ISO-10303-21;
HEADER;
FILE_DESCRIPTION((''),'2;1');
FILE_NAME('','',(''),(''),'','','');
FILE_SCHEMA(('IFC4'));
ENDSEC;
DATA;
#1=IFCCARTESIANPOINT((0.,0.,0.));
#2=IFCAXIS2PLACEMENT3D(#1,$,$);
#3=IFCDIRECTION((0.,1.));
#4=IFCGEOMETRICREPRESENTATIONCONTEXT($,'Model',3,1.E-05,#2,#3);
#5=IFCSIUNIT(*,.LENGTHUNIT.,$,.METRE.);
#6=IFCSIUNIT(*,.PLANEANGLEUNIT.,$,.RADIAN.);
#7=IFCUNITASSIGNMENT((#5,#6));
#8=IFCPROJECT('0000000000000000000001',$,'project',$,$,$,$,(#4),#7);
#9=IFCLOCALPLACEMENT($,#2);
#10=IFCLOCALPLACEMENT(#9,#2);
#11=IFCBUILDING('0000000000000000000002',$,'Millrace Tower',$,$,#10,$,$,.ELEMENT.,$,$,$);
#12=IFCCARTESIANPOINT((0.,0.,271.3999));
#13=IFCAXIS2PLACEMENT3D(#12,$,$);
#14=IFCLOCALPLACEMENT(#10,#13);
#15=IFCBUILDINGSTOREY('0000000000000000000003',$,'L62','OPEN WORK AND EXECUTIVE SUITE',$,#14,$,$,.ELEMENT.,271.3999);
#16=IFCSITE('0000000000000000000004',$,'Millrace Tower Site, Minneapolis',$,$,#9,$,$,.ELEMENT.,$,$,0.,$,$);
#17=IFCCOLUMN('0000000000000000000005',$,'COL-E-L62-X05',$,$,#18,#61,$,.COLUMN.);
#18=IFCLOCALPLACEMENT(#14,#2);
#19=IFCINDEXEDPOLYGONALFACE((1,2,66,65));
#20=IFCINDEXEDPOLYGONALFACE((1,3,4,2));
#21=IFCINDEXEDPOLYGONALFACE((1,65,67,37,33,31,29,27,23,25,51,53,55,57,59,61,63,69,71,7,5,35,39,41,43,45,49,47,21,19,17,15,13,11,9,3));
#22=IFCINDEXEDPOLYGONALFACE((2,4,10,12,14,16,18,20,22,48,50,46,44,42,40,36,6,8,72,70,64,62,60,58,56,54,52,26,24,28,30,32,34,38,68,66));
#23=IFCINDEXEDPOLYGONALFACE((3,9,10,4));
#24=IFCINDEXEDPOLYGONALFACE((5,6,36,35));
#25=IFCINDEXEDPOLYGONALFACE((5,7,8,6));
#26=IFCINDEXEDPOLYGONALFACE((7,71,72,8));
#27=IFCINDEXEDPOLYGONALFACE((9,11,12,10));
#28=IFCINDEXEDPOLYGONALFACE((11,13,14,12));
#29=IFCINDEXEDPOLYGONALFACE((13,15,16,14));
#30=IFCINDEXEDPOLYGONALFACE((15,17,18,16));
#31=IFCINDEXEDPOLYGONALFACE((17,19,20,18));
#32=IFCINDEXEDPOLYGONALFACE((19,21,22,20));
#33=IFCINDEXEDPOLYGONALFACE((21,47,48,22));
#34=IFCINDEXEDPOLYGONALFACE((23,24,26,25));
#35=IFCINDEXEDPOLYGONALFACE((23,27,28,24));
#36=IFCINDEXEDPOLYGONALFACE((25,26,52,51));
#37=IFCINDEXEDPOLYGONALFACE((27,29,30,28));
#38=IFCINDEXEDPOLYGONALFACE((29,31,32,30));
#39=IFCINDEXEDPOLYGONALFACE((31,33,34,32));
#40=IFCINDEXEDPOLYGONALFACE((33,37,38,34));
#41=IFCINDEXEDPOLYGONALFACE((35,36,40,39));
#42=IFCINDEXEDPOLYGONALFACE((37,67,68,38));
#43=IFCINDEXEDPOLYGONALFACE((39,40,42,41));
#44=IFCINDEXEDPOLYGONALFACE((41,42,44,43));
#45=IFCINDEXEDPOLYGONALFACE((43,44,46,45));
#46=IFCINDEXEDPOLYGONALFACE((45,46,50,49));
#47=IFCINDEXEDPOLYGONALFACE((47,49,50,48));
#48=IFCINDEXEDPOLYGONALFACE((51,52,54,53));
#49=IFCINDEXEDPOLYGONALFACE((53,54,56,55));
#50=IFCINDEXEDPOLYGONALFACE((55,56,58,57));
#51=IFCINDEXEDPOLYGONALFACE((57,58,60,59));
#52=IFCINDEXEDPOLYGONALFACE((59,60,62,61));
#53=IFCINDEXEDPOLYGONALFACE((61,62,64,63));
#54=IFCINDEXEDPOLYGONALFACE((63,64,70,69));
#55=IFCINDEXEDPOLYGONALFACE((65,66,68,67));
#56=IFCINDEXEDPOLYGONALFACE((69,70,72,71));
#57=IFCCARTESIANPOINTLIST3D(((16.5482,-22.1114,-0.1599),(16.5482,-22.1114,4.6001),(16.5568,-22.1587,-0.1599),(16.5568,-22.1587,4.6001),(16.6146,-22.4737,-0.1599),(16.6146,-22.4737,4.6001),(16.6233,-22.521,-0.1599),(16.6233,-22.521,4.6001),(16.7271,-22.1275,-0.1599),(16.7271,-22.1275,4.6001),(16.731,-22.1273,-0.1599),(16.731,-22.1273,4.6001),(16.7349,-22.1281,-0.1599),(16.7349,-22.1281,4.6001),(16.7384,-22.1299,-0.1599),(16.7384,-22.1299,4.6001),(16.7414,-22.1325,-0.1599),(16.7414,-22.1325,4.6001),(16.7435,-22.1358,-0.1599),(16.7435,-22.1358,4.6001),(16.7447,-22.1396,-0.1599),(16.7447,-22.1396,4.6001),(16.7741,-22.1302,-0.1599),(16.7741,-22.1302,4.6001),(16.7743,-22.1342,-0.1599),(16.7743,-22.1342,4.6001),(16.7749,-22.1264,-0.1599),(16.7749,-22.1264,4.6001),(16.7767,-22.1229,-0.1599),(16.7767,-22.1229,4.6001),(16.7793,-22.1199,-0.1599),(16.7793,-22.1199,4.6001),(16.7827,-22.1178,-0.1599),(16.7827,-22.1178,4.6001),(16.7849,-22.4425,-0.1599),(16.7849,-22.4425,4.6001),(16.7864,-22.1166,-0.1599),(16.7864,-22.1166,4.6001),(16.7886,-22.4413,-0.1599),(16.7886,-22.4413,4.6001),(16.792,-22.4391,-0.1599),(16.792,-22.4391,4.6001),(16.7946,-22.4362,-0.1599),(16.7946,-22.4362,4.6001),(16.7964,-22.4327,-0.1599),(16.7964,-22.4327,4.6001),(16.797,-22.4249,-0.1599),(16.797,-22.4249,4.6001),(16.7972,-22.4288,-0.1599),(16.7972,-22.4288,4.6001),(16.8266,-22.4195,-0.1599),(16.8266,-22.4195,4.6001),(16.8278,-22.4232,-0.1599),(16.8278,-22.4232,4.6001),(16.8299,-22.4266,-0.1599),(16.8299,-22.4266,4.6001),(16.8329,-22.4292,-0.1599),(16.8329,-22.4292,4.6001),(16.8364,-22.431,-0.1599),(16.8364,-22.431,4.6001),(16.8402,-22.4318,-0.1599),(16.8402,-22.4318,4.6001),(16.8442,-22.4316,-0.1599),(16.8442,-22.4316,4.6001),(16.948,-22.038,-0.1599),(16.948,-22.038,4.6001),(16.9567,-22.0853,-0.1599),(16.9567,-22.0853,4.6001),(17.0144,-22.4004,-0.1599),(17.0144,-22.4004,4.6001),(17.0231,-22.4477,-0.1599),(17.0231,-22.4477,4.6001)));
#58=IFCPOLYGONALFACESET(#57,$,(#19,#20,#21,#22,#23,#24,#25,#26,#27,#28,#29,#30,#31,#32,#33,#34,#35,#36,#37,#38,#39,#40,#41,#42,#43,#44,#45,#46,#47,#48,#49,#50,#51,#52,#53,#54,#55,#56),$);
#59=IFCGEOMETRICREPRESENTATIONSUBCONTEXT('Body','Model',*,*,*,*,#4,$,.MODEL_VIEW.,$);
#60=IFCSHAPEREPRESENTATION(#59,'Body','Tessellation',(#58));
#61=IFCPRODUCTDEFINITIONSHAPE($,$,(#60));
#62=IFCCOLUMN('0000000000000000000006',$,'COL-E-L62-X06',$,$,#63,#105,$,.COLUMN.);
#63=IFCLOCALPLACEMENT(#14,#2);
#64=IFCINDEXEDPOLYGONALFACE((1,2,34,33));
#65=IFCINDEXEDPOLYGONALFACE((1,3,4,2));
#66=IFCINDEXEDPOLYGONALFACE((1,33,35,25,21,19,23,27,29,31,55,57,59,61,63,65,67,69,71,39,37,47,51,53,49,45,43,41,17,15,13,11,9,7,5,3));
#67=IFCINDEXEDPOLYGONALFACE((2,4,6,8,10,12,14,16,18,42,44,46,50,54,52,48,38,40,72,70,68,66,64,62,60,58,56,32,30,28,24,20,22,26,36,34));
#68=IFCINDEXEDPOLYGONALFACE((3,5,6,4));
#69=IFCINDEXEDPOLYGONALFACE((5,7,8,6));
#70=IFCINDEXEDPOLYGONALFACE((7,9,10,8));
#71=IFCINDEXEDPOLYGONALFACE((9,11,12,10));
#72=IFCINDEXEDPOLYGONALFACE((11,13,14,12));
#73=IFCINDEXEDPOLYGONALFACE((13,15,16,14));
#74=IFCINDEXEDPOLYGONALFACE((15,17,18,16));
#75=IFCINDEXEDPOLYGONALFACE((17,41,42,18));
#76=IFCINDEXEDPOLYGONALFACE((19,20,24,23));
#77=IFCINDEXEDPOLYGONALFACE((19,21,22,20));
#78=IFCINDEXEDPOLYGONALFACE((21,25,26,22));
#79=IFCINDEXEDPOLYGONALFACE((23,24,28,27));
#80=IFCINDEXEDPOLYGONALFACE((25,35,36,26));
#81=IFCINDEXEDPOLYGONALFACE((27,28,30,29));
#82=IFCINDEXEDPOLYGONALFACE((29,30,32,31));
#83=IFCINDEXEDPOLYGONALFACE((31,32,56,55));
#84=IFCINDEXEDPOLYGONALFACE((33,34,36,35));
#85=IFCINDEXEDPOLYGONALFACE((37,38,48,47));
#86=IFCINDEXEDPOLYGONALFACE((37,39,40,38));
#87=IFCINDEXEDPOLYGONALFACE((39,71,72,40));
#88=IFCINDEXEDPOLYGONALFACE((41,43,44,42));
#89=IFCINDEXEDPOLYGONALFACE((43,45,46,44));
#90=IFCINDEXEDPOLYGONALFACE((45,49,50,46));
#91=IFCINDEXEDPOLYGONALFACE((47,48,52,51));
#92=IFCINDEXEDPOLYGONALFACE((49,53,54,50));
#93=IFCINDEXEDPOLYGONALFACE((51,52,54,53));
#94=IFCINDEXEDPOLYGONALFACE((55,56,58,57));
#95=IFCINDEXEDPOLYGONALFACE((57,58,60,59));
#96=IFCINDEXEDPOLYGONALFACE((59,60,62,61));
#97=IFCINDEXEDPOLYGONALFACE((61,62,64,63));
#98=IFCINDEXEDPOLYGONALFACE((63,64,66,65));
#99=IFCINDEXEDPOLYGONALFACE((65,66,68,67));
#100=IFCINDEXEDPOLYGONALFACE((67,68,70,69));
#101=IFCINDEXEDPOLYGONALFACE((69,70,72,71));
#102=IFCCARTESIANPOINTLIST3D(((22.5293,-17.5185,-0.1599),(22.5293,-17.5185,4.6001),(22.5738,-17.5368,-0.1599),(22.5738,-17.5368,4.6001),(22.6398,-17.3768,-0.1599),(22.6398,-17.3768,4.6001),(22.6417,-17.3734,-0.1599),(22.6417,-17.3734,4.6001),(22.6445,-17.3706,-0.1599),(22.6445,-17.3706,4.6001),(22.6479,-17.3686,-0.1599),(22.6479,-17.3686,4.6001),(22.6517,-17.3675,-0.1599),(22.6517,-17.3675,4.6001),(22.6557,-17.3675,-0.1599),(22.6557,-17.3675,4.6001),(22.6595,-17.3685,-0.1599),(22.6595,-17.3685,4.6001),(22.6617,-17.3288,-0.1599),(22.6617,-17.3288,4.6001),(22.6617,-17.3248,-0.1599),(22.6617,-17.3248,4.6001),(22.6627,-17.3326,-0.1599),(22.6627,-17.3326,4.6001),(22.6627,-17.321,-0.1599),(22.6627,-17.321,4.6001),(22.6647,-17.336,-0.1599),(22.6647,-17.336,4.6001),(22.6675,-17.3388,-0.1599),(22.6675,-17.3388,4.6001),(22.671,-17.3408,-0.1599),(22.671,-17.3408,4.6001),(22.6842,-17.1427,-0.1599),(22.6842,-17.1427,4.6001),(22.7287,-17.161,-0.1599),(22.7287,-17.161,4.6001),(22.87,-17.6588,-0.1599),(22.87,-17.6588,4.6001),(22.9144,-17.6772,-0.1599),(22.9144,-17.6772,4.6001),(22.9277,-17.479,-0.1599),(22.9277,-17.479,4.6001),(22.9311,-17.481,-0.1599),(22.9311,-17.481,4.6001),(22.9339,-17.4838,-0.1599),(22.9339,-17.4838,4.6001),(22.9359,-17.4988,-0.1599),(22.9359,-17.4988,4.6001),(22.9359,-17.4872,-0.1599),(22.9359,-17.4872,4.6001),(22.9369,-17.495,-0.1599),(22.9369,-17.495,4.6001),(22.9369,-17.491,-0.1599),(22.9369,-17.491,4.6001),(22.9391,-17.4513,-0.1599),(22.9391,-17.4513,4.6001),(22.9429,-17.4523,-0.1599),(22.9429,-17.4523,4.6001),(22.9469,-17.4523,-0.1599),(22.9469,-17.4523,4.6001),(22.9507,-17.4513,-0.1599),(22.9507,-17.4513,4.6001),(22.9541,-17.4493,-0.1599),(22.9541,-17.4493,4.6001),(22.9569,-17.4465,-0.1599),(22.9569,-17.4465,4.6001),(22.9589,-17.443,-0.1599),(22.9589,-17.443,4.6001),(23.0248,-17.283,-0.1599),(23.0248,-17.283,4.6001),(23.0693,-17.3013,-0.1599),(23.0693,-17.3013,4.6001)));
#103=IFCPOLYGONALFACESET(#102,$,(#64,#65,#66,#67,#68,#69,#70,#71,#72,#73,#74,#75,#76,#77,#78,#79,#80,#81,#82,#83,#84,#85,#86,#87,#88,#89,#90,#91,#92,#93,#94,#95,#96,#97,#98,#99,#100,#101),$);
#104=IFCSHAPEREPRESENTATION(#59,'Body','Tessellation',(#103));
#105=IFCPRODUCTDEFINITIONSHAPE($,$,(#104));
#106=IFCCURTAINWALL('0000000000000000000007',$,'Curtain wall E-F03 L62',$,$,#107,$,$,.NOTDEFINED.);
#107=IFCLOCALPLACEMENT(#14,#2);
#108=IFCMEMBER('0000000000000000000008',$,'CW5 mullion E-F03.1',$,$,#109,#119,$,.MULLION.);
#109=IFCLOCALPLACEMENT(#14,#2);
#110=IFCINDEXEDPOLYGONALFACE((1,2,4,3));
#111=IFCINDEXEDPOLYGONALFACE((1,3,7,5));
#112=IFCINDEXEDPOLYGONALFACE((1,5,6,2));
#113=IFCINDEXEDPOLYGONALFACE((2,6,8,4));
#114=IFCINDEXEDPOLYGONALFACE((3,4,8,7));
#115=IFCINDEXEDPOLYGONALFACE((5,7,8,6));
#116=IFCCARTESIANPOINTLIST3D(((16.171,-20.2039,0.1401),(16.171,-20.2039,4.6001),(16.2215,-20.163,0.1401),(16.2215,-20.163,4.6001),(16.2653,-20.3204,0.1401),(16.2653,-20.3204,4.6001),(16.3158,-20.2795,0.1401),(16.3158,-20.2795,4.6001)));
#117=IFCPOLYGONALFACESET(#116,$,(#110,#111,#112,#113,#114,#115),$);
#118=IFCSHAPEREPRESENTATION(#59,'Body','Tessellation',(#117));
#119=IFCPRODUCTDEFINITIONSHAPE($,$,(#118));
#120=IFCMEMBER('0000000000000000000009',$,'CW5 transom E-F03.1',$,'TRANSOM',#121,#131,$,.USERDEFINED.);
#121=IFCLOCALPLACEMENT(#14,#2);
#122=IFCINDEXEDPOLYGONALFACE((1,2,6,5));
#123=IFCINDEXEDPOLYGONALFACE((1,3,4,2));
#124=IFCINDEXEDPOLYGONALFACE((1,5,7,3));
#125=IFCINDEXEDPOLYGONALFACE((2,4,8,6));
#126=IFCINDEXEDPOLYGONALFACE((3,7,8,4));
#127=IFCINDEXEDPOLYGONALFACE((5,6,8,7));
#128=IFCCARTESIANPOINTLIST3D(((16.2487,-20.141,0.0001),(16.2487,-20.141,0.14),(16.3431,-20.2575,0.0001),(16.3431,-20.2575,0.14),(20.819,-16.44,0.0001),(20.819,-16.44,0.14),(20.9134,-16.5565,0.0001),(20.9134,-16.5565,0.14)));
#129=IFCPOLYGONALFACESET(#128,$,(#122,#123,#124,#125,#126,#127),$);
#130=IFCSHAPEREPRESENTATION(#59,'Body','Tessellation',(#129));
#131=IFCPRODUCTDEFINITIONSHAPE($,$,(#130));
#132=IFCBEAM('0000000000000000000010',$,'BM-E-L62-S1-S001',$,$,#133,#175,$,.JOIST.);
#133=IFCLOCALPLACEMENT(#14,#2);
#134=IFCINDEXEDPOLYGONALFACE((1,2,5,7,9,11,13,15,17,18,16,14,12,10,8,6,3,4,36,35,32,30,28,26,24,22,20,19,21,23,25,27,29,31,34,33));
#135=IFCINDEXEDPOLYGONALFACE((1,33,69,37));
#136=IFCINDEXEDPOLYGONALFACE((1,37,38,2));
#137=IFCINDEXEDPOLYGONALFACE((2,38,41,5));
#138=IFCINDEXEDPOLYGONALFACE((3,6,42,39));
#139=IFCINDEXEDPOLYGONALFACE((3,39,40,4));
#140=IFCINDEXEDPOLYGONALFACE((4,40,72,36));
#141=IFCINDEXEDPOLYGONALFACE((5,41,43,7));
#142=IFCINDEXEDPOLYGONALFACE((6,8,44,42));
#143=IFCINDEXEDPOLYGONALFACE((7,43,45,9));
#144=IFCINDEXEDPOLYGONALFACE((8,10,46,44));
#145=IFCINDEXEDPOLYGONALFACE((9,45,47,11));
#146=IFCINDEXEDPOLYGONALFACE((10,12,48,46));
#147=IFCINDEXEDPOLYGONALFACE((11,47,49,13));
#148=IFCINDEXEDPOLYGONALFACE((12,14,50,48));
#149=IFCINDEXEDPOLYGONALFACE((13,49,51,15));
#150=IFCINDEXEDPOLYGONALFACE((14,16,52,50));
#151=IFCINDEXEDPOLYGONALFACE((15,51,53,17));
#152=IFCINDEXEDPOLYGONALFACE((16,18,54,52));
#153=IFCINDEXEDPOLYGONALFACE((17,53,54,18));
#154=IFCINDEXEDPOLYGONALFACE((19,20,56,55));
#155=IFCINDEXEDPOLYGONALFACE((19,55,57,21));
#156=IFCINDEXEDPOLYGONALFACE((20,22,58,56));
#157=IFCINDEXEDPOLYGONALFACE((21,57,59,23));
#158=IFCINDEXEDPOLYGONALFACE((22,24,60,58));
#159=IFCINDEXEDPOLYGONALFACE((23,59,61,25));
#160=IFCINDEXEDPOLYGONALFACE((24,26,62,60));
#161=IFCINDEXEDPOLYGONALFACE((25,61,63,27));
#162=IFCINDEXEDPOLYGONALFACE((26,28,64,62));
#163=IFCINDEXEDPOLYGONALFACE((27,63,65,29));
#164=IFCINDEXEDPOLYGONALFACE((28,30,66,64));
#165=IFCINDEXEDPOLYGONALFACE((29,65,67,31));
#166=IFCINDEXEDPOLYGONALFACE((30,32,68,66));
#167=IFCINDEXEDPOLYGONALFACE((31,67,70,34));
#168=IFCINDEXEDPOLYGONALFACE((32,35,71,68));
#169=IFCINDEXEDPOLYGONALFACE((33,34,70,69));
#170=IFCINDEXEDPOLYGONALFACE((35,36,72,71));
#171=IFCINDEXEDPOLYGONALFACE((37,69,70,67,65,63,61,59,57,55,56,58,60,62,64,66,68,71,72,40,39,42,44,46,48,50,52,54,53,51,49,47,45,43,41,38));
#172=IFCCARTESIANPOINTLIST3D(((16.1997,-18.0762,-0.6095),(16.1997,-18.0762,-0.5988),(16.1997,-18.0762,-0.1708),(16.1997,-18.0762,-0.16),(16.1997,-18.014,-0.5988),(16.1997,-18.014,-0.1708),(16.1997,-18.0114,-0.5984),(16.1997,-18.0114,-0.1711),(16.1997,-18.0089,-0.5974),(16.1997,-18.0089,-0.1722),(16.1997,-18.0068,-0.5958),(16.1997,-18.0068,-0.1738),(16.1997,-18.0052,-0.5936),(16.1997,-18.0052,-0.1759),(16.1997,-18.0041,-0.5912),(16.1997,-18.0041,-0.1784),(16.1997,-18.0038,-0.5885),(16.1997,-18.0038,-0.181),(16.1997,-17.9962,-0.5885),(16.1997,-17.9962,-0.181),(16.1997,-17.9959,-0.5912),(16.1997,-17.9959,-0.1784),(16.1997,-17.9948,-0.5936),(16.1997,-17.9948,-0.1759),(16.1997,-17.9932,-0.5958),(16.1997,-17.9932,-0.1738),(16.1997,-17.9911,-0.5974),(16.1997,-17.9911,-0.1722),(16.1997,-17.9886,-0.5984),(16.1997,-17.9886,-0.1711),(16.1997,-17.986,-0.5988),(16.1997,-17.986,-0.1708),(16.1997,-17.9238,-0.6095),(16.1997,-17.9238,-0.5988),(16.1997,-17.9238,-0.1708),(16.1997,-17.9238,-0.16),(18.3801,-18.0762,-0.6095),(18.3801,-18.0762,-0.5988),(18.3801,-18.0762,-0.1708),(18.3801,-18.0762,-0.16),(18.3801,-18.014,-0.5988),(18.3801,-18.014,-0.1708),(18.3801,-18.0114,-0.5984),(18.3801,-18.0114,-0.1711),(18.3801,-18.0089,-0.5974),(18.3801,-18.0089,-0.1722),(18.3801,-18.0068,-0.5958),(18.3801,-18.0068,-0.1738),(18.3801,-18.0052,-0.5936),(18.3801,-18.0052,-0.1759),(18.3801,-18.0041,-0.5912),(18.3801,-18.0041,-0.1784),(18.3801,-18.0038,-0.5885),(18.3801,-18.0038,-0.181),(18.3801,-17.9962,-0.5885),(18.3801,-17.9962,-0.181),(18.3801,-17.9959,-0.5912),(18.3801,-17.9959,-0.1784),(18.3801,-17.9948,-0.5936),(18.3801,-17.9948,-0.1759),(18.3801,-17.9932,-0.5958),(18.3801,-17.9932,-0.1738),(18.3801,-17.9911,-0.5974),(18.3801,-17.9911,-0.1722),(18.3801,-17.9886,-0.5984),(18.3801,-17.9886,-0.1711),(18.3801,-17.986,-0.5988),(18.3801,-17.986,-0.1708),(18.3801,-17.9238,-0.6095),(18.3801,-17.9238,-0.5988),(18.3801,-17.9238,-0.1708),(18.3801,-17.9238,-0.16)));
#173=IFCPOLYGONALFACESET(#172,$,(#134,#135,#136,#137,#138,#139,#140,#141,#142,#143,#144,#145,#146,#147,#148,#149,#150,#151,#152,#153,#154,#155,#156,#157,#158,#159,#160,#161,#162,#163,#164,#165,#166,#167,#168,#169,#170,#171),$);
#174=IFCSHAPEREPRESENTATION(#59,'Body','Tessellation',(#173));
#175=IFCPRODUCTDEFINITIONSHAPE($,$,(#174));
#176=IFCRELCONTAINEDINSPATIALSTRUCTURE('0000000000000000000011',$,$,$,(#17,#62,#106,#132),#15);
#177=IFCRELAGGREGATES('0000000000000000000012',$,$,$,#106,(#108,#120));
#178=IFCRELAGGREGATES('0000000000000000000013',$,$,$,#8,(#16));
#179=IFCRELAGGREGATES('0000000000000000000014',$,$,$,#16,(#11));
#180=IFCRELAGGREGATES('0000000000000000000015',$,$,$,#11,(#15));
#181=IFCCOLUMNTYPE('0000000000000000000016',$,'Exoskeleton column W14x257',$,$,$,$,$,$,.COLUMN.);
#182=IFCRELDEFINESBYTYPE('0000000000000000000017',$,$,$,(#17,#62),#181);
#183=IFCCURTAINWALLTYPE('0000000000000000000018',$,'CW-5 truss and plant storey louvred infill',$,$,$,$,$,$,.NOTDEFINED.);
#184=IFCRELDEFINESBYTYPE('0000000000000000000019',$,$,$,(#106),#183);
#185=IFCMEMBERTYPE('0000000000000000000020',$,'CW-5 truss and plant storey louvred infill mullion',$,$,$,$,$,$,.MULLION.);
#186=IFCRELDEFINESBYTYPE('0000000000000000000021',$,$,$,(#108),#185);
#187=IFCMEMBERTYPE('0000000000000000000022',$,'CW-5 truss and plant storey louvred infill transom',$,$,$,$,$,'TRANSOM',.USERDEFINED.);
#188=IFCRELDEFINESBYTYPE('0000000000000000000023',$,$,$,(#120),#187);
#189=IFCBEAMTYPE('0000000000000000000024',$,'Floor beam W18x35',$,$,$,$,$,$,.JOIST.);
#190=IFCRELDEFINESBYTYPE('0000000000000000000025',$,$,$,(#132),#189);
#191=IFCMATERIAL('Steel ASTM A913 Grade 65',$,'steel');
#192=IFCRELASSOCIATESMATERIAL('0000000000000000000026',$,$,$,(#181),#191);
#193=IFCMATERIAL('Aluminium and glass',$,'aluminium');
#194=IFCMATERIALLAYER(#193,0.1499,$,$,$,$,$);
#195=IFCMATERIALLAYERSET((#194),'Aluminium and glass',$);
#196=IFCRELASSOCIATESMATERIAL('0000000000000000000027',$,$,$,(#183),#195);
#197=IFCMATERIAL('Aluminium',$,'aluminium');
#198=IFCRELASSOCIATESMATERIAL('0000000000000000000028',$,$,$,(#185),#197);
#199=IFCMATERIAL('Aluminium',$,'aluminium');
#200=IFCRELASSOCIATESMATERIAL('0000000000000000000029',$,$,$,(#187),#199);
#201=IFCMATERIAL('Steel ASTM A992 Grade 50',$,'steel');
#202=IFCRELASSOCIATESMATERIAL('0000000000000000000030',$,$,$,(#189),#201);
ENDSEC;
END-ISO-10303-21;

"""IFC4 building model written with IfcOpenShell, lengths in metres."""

from ifc_helpers import new_model, si_unit, direction, frame, origin, origin_2d, place, context, subcontext, project, spatial, rectangle, i_section, extrude, material, layer, layer_set, material_profile, profile_set, type_object, element, aggregate, save


model = new_model("IFC4")

# Units and contexts
model_context = context("Model", 3, precision=1e-05, world=origin(), true_north=direction((0.0, 1.0)))
body_context = subcontext(model_context, "Body", "Model", "MODEL_VIEW")
ifc_project = project(units=[si_unit("LENGTHUNIT", "METRE"), si_unit("PLANEANGLEUNIT", "RADIAN")], contexts=[model_context])

# Site, building, storey
site_placement = place(None, origin())
site = spatial("IfcSite", under=ifc_project, at=site_placement, Name="Millrace Tower Site, Minneapolis", CompositionType="ELEMENT", RefElevation=0.0)
building_placement = place(site_placement, origin())
building = spatial("IfcBuilding", under=site, at=building_placement, Name="Millrace Tower", CompositionType="ELEMENT")
storey_placement = place(building_placement, frame((0.0, 0.0, 271.3999)))
storey = spatial("IfcBuildingStorey", under=building, at=storey_placement, Name="L62", Description="OPEN WORK AND EXECUTIVE SUITE", CompositionType="ELEMENT", Elevation=271.3999)

# Columns
ifc_material_1 = material(Name="Steel ASTM A913 Grade 65", Category="steel")
ifc_material_profile_1 = material_profile(ifc_material_1, i_section(OverallWidth=0.4065, OverallDepth=0.4165, WebThickness=0.03, FlangeThickness=0.0481, FilletRadius=0.0151, at=origin_2d()))
ifc_profile_set_1 = profile_set([ifc_material_profile_1], Name="Steel ASTM A913 Grade 65")
column_type = type_object("IfcColumnType", Name="Exoskeleton column W14x257", PredefinedType="COLUMN", material=ifc_profile_set_1)
for number, where, z_axis, x_axis, name in (
    (1, (16.7856, -22.2795, -0.1599), (0.0, 0.0, 1.0), (0.983596, 0.180387, 0.0), "COL-E-L62-X05"),
    (2, (22.7993, -17.4099, -0.1599), (0.0, 0.0, 1.0), (0.380947, 0.924597, 0.0), "COL-E-L62-X06"),
):
    element("IfcColumn", number, at=place(storey_placement, frame(where, z_axis=z_axis, x_axis=x_axis)), inside=storey, type_object=column_type, Name=name, PredefinedType="COLUMN", context=body_context, shape_type="SweptSolid", body=[
        extrude(i_section(OverallWidth=0.4065, OverallDepth=0.4165, WebThickness=0.03, FlangeThickness=0.0481, FilletRadius=0.0151, at=origin_2d()), origin(), (0.0, 0.0, 1.0), 4.76),
    ])

# Curtain wall, members
ifc_material_2 = material(Name="Aluminium and glass", Category="aluminium")
ifc_layer_1 = layer(ifc_material_2, 0.1499)
ifc_layer_set_1 = layer_set([ifc_layer_1], Name="Aluminium and glass")
curtain_wall_type = type_object("IfcCurtainWallType", Name="CW-5 truss and plant storey louvred infill", PredefinedType="NOTDEFINED", material=ifc_layer_set_1)
curtain_wall_placement = place(storey_placement, origin())
curtain_wall = element("IfcCurtainWall", 3, at=curtain_wall_placement, inside=storey, type_object=curtain_wall_type, Name="Curtain wall E-F03 L62", PredefinedType="NOTDEFINED")
ifc_material_3 = material(Name="Aluminium", Category="aluminium")
ifc_material_profile_2 = material_profile(ifc_material_3, rectangle(XDim=0.0649, YDim=0.1499, at=origin_2d()))
ifc_profile_set_2 = profile_set([ifc_material_profile_2], Name="Aluminium")
member_type_1 = type_object("IfcMemberType", Name="CW-5 truss and plant storey louvred infill mullion", PredefinedType="MULLION", material=ifc_profile_set_2)
member_1_placement = place(storey_placement, frame((16.2434, -20.2417, 0.1401), z_axis=(0.0, 0.0, 1.0), x_axis=(0.777146, 0.62932, 0.0)))
member_1 = element("IfcMember", 4, at=member_1_placement, type_object=member_type_1, Name="CW5 mullion E-F03.1", PredefinedType="MULLION", context=body_context, shape_type="SweptSolid", body=[
    extrude(rectangle(XDim=0.0649, YDim=0.1499, at=origin_2d()), origin(), (0.0, 0.0, 1.0), 4.46),
])
ifc_material_4 = material(Name="Aluminium", Category="aluminium")
ifc_material_profile_3 = material_profile(ifc_material_4, rectangle(XDim=0.1499, YDim=0.1399, at=origin_2d()))
ifc_profile_set_3 = profile_set([ifc_material_profile_3], Name="Aluminium")
member_type_2 = type_object("IfcMemberType", Name="CW-5 truss and plant storey louvred infill transom", ElementType="TRANSOM", PredefinedType="USERDEFINED", material=ifc_profile_set_3)
member_2_placement = place(storey_placement, frame((16.2959, -20.1992, 0.0701), z_axis=(0.777149, 0.629316, 0.0), x_axis=(-0.629316, 0.777149, 0.0)))
member_2 = element("IfcMember", 5, at=member_2_placement, type_object=member_type_2, Name="CW5 transom E-F03.1", ObjectType="TRANSOM", PredefinedType="USERDEFINED", context=body_context, shape_type="SweptSolid", body=[
    extrude(rectangle(XDim=0.1499, YDim=0.1399, at=origin_2d()), origin(), (0.0, 0.0, 1.0), 5.8809),
])
aggregate(curtain_wall, [member_1, member_2])

# Beam
ifc_material_5 = material(Name="Steel ASTM A992 Grade 50", Category="steel")
ifc_material_profile_4 = material_profile(ifc_material_5, i_section(OverallWidth=0.1523, OverallDepth=0.4495, WebThickness=0.0076, FlangeThickness=0.0107, FilletRadius=0.0103, at=origin_2d()))
ifc_profile_set_4 = profile_set([ifc_material_profile_4], Name="Steel ASTM A992 Grade 50")
beam_type_1 = type_object("IfcBeamType", Name="Floor beam W18x35", PredefinedType="JOIST", material=ifc_profile_set_4)
beam_1_placement = place(storey_placement, frame((16.1997, -18.0, -0.3848), z_axis=(1.0, 0.0, 0.0), x_axis=(0.0, 1.0, 0.0)))
element("IfcBeam", 6, at=beam_1_placement, inside=storey, type_object=beam_type_1, Name="BM-E-L62-S1-S001", PredefinedType="JOIST", context=body_context, shape_type="SweptSolid", body=[
    extrude(i_section(OverallWidth=0.1523, OverallDepth=0.4495, WebThickness=0.0076, FlangeThickness=0.0107, FilletRadius=0.0103, at=origin_2d()), origin(), (0.0, 0.0, 1.0), 2.1804),
])

save(model, "model.ifc")
